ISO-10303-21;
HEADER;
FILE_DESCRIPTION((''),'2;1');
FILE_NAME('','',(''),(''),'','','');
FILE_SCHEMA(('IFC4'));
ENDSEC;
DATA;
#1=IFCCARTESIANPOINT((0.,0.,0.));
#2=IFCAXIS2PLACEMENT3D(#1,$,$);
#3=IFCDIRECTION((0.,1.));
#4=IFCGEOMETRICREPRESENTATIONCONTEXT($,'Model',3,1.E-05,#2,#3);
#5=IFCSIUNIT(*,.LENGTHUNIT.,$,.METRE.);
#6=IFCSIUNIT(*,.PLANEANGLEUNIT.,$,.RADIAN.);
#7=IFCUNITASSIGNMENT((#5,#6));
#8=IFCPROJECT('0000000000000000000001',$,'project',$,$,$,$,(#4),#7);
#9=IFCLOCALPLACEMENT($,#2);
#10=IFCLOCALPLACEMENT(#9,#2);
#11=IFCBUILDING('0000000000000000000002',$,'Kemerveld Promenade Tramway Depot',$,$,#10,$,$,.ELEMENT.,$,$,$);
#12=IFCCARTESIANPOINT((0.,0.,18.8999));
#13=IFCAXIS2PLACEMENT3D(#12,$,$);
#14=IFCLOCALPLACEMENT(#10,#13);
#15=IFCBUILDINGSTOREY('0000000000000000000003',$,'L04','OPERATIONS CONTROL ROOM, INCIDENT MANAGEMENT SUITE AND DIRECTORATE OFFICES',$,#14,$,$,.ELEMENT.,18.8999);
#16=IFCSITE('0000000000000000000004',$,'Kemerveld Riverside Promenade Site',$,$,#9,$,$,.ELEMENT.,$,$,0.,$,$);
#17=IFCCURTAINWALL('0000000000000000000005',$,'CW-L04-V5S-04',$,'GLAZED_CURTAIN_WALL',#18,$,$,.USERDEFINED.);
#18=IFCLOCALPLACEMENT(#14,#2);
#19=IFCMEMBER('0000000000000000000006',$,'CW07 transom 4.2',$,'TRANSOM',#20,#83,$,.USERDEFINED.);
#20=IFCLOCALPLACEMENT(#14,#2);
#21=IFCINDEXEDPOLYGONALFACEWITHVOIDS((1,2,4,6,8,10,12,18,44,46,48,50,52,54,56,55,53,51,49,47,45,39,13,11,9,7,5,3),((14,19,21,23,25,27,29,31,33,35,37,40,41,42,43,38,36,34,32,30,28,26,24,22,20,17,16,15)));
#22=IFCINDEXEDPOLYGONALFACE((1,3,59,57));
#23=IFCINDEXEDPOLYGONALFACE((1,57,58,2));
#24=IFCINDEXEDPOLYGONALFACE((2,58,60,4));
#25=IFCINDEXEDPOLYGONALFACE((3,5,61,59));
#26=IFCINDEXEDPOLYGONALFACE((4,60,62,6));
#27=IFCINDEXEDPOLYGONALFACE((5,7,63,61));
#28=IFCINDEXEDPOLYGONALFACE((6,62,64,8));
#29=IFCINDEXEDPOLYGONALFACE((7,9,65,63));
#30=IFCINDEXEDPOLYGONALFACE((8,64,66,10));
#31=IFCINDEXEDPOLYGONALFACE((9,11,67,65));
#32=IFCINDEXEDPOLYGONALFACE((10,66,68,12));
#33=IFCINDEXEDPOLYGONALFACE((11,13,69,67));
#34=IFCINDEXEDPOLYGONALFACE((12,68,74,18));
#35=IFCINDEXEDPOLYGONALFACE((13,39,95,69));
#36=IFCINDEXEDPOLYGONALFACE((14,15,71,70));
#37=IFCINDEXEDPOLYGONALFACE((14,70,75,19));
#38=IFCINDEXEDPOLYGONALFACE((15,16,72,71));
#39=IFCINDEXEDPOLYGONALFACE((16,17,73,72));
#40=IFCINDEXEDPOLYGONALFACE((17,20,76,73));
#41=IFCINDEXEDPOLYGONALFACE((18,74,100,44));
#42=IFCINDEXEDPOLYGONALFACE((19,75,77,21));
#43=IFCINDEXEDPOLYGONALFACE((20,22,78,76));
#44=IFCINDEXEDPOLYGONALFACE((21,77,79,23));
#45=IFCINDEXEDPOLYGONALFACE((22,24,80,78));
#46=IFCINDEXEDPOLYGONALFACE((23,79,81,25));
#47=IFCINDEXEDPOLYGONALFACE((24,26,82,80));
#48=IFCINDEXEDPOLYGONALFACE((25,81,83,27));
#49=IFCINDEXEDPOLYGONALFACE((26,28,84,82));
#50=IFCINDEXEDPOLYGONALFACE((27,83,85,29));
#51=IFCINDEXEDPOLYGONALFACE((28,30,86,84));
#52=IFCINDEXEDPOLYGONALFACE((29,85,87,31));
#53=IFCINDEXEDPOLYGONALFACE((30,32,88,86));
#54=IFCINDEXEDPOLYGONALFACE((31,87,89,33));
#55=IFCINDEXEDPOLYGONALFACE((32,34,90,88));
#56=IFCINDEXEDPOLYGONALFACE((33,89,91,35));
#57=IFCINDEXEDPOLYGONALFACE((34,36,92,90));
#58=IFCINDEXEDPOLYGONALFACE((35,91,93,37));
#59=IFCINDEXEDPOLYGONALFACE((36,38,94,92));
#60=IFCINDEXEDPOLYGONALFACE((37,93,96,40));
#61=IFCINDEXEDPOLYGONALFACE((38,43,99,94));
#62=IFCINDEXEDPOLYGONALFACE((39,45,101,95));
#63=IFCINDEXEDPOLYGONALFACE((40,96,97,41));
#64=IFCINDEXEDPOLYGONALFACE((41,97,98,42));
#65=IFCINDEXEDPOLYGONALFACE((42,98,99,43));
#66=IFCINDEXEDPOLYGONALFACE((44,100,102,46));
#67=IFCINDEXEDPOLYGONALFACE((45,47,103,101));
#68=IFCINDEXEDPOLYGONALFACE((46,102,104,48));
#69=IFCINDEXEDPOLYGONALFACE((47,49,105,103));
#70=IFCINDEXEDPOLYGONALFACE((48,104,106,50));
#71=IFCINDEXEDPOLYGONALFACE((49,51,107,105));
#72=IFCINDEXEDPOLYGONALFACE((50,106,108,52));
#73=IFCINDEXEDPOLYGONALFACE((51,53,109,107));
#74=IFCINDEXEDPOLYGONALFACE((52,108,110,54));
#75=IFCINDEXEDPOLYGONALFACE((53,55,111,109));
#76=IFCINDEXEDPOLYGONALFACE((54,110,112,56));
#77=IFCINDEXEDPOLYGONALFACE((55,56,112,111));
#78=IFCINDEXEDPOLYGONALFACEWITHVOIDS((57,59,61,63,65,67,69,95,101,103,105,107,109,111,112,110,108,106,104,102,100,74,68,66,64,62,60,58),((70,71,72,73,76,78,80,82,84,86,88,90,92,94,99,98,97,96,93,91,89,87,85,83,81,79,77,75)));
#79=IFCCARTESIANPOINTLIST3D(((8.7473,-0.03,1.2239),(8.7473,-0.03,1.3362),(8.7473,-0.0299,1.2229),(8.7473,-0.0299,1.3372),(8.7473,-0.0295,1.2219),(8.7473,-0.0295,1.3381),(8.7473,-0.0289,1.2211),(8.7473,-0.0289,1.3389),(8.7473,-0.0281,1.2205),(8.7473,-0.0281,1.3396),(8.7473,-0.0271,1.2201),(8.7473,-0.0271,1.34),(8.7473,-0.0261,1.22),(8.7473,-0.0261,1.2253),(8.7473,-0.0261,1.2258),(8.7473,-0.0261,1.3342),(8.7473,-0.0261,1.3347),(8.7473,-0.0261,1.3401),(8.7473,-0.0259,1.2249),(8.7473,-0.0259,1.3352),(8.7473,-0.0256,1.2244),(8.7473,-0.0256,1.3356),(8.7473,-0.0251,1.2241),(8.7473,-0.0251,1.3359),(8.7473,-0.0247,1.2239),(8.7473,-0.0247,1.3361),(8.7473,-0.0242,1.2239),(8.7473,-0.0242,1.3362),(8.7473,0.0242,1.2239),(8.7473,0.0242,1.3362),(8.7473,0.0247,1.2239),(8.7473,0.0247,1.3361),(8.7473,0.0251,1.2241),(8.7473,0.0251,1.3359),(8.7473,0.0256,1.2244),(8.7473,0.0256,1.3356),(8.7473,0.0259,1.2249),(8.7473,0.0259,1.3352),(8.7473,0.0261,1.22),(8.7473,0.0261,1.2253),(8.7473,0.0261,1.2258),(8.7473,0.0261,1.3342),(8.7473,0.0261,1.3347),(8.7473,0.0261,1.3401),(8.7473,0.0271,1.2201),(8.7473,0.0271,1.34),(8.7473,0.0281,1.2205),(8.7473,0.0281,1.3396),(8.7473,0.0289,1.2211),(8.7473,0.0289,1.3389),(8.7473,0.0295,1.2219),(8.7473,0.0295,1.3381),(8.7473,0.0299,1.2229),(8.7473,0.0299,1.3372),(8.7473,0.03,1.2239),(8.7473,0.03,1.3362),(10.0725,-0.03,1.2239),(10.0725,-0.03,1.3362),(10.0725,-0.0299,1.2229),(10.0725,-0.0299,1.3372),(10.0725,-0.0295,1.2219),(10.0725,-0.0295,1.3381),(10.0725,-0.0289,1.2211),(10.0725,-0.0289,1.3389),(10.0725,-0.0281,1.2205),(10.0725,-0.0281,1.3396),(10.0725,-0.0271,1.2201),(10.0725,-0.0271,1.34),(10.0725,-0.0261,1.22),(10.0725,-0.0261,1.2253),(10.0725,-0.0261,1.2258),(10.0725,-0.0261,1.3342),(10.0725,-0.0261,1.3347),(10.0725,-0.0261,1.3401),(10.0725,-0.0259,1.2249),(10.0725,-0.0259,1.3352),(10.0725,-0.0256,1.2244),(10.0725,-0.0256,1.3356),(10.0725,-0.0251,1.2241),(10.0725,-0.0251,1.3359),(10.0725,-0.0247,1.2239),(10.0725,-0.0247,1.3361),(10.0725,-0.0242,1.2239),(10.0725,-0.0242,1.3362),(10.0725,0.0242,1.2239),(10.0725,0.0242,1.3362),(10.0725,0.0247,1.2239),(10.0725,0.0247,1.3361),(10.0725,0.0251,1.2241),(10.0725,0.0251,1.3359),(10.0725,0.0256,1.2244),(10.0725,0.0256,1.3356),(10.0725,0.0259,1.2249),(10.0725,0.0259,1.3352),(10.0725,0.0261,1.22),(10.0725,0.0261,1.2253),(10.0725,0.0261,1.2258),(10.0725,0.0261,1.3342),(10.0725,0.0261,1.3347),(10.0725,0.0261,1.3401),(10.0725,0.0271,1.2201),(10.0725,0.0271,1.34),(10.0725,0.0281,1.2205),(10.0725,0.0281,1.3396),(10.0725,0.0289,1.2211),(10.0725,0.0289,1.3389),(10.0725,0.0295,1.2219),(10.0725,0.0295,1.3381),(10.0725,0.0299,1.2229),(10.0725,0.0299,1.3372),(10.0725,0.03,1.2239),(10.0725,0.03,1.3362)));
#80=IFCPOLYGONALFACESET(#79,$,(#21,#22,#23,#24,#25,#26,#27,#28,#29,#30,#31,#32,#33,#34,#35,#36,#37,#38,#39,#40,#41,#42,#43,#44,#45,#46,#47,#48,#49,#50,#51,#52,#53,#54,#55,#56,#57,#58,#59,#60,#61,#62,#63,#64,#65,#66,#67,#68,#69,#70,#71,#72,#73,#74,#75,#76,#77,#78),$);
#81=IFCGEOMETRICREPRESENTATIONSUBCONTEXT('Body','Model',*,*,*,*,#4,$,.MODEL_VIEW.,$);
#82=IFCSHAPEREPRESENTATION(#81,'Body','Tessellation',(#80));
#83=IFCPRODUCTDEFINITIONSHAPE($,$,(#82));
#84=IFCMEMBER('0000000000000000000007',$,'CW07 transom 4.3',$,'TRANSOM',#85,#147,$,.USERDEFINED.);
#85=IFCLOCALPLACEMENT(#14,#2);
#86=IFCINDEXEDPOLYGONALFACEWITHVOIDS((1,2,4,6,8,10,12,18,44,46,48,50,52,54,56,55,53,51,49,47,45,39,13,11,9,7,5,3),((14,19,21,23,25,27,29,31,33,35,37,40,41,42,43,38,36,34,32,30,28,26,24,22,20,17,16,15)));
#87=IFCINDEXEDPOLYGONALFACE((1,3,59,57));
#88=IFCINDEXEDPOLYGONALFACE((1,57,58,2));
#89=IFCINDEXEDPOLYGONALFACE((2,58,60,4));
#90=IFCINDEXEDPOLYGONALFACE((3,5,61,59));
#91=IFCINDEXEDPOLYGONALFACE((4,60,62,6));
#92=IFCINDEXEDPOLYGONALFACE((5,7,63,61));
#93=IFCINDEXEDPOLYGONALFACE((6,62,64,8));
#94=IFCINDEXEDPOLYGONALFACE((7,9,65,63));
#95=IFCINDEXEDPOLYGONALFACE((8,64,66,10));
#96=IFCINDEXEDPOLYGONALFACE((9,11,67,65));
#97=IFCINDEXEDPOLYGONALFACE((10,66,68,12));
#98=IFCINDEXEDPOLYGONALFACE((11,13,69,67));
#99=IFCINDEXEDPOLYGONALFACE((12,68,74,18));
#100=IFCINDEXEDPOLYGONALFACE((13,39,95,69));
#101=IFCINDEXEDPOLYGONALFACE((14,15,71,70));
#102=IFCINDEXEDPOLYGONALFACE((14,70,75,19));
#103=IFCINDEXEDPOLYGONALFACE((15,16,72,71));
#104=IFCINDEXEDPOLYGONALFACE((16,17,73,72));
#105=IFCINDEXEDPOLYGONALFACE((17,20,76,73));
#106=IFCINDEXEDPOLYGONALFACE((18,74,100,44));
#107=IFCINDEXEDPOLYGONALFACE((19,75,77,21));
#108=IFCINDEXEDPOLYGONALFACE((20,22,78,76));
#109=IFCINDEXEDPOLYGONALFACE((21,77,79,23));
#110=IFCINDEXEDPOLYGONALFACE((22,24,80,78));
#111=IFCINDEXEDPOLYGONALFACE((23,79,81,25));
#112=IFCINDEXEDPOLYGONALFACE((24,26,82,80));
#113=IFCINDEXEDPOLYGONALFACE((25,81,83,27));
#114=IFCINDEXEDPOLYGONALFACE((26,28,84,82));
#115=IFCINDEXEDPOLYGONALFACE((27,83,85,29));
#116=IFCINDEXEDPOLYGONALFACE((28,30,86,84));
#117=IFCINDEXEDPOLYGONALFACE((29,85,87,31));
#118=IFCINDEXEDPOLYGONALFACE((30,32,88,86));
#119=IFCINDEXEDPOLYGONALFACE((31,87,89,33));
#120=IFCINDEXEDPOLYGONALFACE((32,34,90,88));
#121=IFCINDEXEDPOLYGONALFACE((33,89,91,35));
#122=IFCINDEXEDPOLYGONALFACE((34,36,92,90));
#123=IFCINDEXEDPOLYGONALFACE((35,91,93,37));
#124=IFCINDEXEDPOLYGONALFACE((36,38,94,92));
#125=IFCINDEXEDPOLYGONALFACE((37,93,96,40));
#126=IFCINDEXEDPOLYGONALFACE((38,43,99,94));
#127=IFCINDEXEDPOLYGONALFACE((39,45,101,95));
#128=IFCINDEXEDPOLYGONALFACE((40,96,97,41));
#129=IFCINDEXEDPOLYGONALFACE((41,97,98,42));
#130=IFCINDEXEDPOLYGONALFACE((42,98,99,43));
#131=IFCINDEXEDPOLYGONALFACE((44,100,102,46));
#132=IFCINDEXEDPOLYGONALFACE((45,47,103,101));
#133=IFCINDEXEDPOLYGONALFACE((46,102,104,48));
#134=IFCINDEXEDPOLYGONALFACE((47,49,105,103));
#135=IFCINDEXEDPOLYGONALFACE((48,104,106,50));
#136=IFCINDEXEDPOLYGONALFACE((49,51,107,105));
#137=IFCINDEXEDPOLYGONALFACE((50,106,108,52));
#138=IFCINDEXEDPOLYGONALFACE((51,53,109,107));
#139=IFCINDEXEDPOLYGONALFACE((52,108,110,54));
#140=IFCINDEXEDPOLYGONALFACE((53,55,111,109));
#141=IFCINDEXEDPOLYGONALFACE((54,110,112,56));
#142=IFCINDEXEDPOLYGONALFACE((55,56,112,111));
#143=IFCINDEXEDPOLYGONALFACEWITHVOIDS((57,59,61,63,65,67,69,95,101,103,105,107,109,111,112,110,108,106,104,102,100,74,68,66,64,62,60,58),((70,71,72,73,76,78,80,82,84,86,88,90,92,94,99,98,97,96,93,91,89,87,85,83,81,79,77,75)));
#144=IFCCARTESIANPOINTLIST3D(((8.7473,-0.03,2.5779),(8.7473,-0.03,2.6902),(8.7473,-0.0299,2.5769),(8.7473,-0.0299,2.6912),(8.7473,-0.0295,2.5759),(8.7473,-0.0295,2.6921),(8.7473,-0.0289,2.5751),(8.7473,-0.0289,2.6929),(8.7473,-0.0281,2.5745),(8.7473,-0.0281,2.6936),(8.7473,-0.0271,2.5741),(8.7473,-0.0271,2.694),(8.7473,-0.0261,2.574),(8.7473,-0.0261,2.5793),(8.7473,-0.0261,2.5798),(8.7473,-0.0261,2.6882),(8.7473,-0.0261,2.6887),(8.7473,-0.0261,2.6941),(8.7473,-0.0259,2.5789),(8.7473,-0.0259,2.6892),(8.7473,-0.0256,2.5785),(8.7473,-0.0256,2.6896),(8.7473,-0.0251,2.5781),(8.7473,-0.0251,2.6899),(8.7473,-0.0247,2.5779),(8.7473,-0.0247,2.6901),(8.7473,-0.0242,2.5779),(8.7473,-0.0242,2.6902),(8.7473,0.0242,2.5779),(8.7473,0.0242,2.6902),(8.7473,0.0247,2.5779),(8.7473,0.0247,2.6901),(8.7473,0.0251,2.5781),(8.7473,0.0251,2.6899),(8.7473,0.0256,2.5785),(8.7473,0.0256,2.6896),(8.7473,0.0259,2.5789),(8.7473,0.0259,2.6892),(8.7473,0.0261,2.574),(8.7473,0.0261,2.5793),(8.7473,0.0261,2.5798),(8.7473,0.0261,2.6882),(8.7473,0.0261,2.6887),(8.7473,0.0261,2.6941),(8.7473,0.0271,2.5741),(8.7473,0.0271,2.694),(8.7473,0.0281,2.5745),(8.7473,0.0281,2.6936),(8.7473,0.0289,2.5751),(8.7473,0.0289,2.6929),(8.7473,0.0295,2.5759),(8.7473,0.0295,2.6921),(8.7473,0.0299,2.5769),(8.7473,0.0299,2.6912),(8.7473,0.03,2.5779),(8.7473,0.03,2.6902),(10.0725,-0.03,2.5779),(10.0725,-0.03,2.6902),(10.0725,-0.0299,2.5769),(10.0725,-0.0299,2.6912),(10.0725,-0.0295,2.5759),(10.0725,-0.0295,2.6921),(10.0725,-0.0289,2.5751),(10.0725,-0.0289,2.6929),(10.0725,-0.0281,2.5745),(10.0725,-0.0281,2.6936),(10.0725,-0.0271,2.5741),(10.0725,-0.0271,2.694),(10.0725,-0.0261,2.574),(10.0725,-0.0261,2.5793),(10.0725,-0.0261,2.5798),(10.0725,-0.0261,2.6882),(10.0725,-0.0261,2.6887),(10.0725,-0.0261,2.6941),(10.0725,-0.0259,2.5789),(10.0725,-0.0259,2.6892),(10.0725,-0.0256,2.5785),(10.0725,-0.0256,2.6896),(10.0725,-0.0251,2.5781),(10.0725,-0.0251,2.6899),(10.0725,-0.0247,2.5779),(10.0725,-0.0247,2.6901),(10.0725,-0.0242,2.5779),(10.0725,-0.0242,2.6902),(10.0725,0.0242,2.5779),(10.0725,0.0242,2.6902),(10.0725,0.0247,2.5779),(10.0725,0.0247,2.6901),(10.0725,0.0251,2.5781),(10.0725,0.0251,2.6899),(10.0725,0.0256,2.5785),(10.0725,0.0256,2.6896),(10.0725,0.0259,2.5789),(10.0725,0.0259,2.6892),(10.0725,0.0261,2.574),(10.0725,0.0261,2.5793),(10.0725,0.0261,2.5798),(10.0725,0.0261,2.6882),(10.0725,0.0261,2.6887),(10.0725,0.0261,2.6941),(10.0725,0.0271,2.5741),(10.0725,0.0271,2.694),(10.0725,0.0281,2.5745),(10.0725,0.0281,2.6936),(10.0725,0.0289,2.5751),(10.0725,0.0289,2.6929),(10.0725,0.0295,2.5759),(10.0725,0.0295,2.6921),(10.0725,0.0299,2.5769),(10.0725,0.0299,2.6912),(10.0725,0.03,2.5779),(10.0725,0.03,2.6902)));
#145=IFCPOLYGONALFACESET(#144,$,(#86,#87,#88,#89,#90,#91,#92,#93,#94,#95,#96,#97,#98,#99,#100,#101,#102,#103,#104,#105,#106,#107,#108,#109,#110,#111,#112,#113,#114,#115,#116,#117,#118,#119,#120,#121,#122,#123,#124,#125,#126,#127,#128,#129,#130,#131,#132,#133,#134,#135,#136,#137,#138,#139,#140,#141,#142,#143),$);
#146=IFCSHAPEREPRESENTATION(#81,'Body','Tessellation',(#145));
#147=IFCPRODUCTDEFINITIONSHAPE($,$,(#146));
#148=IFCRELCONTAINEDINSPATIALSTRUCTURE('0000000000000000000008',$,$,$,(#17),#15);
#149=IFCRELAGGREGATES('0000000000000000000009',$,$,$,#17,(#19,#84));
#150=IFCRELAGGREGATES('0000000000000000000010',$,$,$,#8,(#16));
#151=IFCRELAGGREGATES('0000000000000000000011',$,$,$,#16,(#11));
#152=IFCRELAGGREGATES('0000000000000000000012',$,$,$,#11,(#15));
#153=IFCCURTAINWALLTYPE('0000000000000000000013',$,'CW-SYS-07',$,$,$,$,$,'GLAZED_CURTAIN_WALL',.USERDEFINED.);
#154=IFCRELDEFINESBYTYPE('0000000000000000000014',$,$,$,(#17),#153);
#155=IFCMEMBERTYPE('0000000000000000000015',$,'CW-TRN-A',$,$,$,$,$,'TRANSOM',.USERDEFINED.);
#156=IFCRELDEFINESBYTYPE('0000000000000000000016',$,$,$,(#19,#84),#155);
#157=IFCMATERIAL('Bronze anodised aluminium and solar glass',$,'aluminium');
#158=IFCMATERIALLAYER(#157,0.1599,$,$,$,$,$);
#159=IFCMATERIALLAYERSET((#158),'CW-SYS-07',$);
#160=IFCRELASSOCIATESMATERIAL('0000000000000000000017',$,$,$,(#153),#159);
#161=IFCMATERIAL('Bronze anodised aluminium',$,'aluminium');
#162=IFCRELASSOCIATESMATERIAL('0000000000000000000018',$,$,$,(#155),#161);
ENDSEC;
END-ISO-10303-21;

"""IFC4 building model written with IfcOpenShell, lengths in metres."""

from ifc_helpers import new_model, si_unit, direction, frame, origin, origin_2d, place, context, subcontext, project, spatial, hollow_rectangle, extrude, material, layer, layer_set, material_profile, profile_set, type_object, element, aggregate, save


model = new_model("IFC4")

# Units and contexts
model_context = context("Model", 3, precision=1e-05, world=origin(), true_north=direction((0.0, 1.0)))
body_context = subcontext(model_context, "Body", "Model", "MODEL_VIEW")
ifc_project = project(units=[si_unit("LENGTHUNIT", "METRE"), si_unit("PLANEANGLEUNIT", "RADIAN")], contexts=[model_context])

# Site, building, storey
site_placement = place(None, origin())
site = spatial("IfcSite", under=ifc_project, at=site_placement, Name="Kemerveld Riverside Promenade Site", CompositionType="ELEMENT", RefElevation=0.0)
building_placement = place(site_placement, origin())
building = spatial("IfcBuilding", under=site, at=building_placement, Name="Kemerveld Promenade Tramway Depot", CompositionType="ELEMENT")
storey_placement = place(building_placement, frame((0.0, 0.0, 18.8999)))
storey = spatial("IfcBuildingStorey", under=building, at=storey_placement, Name="L04", Description="OPERATIONS CONTROL ROOM, INCIDENT MANAGEMENT SUITE AND DIRECTORATE OFFICES", CompositionType="ELEMENT", Elevation=18.8999)

# Curtain wall, members
ifc_material_1 = material(Name="Bronze anodised aluminium and solar glass", Category="aluminium")
ifc_layer_1 = layer(ifc_material_1, 0.1599)
ifc_layer_set_1 = layer_set([ifc_layer_1], Name="CW-SYS-07")
curtain_wall_type = type_object("IfcCurtainWallType", Name="CW-SYS-07", ElementType="GLAZED_CURTAIN_WALL", PredefinedType="USERDEFINED", material=ifc_layer_set_1)
curtain_wall_placement = place(storey_placement, origin())
curtain_wall = element("IfcCurtainWall", 1, at=curtain_wall_placement, inside=storey, type_object=curtain_wall_type, Name="CW-L04-V5S-04", ObjectType="GLAZED_CURTAIN_WALL", PredefinedType="USERDEFINED")
ifc_material_2 = material(Name="Bronze anodised aluminium", Category="aluminium")
ifc_material_profile_1 = material_profile(ifc_material_2, hollow_rectangle(XDim=0.0601, YDim=0.1201, WallThickness=0.0039, InnerFilletRadius=0.002, OuterFilletRadius=0.0039, at=origin_2d()), Name="CW-TRN-120x60")
ifc_profile_set_1 = profile_set([ifc_material_profile_1], Name="Bronze anodised aluminium")
member_type_1 = type_object("IfcMemberType", Name="CW-TRN-A", ElementType="TRANSOM", PredefinedType="USERDEFINED", material=ifc_profile_set_1)
member_1_placement = place(storey_placement, frame((10.0725, 0.0, 1.28), z_axis=(-1.0, 0.0, 0.0), x_axis=(0.0, -1.0, 0.0)))
member_1 = element("IfcMember", 2, at=member_1_placement, type_object=member_type_1, Name="CW07 transom 4.2", ObjectType="TRANSOM", PredefinedType="USERDEFINED", context=body_context, shape_type="SweptSolid", body=[
    extrude(hollow_rectangle(XDim=0.0601, YDim=0.1201, WallThickness=0.0039, InnerFilletRadius=0.002, OuterFilletRadius=0.0039, at=origin_2d()), origin(), (0.0, 0.0, 1.0), 1.3252),
])
member_2_placement = place(storey_placement, frame((10.0725, 0.0, 2.634), z_axis=(-1.0, 0.0, 0.0), x_axis=(0.0, -1.0, 0.0)))
member_2 = element("IfcMember", 3, at=member_2_placement, type_object=member_type_1, Name="CW07 transom 4.3", ObjectType="TRANSOM", PredefinedType="USERDEFINED", context=body_context, shape_type="SweptSolid", body=[
    extrude(hollow_rectangle(XDim=0.0601, YDim=0.1201, WallThickness=0.0039, InnerFilletRadius=0.002, OuterFilletRadius=0.0039, at=origin_2d()), origin(), (0.0, 0.0, 1.0), 1.3252),
])

aggregate(curtain_wall, [member_1, member_2])

save(model, "model.ifc")
